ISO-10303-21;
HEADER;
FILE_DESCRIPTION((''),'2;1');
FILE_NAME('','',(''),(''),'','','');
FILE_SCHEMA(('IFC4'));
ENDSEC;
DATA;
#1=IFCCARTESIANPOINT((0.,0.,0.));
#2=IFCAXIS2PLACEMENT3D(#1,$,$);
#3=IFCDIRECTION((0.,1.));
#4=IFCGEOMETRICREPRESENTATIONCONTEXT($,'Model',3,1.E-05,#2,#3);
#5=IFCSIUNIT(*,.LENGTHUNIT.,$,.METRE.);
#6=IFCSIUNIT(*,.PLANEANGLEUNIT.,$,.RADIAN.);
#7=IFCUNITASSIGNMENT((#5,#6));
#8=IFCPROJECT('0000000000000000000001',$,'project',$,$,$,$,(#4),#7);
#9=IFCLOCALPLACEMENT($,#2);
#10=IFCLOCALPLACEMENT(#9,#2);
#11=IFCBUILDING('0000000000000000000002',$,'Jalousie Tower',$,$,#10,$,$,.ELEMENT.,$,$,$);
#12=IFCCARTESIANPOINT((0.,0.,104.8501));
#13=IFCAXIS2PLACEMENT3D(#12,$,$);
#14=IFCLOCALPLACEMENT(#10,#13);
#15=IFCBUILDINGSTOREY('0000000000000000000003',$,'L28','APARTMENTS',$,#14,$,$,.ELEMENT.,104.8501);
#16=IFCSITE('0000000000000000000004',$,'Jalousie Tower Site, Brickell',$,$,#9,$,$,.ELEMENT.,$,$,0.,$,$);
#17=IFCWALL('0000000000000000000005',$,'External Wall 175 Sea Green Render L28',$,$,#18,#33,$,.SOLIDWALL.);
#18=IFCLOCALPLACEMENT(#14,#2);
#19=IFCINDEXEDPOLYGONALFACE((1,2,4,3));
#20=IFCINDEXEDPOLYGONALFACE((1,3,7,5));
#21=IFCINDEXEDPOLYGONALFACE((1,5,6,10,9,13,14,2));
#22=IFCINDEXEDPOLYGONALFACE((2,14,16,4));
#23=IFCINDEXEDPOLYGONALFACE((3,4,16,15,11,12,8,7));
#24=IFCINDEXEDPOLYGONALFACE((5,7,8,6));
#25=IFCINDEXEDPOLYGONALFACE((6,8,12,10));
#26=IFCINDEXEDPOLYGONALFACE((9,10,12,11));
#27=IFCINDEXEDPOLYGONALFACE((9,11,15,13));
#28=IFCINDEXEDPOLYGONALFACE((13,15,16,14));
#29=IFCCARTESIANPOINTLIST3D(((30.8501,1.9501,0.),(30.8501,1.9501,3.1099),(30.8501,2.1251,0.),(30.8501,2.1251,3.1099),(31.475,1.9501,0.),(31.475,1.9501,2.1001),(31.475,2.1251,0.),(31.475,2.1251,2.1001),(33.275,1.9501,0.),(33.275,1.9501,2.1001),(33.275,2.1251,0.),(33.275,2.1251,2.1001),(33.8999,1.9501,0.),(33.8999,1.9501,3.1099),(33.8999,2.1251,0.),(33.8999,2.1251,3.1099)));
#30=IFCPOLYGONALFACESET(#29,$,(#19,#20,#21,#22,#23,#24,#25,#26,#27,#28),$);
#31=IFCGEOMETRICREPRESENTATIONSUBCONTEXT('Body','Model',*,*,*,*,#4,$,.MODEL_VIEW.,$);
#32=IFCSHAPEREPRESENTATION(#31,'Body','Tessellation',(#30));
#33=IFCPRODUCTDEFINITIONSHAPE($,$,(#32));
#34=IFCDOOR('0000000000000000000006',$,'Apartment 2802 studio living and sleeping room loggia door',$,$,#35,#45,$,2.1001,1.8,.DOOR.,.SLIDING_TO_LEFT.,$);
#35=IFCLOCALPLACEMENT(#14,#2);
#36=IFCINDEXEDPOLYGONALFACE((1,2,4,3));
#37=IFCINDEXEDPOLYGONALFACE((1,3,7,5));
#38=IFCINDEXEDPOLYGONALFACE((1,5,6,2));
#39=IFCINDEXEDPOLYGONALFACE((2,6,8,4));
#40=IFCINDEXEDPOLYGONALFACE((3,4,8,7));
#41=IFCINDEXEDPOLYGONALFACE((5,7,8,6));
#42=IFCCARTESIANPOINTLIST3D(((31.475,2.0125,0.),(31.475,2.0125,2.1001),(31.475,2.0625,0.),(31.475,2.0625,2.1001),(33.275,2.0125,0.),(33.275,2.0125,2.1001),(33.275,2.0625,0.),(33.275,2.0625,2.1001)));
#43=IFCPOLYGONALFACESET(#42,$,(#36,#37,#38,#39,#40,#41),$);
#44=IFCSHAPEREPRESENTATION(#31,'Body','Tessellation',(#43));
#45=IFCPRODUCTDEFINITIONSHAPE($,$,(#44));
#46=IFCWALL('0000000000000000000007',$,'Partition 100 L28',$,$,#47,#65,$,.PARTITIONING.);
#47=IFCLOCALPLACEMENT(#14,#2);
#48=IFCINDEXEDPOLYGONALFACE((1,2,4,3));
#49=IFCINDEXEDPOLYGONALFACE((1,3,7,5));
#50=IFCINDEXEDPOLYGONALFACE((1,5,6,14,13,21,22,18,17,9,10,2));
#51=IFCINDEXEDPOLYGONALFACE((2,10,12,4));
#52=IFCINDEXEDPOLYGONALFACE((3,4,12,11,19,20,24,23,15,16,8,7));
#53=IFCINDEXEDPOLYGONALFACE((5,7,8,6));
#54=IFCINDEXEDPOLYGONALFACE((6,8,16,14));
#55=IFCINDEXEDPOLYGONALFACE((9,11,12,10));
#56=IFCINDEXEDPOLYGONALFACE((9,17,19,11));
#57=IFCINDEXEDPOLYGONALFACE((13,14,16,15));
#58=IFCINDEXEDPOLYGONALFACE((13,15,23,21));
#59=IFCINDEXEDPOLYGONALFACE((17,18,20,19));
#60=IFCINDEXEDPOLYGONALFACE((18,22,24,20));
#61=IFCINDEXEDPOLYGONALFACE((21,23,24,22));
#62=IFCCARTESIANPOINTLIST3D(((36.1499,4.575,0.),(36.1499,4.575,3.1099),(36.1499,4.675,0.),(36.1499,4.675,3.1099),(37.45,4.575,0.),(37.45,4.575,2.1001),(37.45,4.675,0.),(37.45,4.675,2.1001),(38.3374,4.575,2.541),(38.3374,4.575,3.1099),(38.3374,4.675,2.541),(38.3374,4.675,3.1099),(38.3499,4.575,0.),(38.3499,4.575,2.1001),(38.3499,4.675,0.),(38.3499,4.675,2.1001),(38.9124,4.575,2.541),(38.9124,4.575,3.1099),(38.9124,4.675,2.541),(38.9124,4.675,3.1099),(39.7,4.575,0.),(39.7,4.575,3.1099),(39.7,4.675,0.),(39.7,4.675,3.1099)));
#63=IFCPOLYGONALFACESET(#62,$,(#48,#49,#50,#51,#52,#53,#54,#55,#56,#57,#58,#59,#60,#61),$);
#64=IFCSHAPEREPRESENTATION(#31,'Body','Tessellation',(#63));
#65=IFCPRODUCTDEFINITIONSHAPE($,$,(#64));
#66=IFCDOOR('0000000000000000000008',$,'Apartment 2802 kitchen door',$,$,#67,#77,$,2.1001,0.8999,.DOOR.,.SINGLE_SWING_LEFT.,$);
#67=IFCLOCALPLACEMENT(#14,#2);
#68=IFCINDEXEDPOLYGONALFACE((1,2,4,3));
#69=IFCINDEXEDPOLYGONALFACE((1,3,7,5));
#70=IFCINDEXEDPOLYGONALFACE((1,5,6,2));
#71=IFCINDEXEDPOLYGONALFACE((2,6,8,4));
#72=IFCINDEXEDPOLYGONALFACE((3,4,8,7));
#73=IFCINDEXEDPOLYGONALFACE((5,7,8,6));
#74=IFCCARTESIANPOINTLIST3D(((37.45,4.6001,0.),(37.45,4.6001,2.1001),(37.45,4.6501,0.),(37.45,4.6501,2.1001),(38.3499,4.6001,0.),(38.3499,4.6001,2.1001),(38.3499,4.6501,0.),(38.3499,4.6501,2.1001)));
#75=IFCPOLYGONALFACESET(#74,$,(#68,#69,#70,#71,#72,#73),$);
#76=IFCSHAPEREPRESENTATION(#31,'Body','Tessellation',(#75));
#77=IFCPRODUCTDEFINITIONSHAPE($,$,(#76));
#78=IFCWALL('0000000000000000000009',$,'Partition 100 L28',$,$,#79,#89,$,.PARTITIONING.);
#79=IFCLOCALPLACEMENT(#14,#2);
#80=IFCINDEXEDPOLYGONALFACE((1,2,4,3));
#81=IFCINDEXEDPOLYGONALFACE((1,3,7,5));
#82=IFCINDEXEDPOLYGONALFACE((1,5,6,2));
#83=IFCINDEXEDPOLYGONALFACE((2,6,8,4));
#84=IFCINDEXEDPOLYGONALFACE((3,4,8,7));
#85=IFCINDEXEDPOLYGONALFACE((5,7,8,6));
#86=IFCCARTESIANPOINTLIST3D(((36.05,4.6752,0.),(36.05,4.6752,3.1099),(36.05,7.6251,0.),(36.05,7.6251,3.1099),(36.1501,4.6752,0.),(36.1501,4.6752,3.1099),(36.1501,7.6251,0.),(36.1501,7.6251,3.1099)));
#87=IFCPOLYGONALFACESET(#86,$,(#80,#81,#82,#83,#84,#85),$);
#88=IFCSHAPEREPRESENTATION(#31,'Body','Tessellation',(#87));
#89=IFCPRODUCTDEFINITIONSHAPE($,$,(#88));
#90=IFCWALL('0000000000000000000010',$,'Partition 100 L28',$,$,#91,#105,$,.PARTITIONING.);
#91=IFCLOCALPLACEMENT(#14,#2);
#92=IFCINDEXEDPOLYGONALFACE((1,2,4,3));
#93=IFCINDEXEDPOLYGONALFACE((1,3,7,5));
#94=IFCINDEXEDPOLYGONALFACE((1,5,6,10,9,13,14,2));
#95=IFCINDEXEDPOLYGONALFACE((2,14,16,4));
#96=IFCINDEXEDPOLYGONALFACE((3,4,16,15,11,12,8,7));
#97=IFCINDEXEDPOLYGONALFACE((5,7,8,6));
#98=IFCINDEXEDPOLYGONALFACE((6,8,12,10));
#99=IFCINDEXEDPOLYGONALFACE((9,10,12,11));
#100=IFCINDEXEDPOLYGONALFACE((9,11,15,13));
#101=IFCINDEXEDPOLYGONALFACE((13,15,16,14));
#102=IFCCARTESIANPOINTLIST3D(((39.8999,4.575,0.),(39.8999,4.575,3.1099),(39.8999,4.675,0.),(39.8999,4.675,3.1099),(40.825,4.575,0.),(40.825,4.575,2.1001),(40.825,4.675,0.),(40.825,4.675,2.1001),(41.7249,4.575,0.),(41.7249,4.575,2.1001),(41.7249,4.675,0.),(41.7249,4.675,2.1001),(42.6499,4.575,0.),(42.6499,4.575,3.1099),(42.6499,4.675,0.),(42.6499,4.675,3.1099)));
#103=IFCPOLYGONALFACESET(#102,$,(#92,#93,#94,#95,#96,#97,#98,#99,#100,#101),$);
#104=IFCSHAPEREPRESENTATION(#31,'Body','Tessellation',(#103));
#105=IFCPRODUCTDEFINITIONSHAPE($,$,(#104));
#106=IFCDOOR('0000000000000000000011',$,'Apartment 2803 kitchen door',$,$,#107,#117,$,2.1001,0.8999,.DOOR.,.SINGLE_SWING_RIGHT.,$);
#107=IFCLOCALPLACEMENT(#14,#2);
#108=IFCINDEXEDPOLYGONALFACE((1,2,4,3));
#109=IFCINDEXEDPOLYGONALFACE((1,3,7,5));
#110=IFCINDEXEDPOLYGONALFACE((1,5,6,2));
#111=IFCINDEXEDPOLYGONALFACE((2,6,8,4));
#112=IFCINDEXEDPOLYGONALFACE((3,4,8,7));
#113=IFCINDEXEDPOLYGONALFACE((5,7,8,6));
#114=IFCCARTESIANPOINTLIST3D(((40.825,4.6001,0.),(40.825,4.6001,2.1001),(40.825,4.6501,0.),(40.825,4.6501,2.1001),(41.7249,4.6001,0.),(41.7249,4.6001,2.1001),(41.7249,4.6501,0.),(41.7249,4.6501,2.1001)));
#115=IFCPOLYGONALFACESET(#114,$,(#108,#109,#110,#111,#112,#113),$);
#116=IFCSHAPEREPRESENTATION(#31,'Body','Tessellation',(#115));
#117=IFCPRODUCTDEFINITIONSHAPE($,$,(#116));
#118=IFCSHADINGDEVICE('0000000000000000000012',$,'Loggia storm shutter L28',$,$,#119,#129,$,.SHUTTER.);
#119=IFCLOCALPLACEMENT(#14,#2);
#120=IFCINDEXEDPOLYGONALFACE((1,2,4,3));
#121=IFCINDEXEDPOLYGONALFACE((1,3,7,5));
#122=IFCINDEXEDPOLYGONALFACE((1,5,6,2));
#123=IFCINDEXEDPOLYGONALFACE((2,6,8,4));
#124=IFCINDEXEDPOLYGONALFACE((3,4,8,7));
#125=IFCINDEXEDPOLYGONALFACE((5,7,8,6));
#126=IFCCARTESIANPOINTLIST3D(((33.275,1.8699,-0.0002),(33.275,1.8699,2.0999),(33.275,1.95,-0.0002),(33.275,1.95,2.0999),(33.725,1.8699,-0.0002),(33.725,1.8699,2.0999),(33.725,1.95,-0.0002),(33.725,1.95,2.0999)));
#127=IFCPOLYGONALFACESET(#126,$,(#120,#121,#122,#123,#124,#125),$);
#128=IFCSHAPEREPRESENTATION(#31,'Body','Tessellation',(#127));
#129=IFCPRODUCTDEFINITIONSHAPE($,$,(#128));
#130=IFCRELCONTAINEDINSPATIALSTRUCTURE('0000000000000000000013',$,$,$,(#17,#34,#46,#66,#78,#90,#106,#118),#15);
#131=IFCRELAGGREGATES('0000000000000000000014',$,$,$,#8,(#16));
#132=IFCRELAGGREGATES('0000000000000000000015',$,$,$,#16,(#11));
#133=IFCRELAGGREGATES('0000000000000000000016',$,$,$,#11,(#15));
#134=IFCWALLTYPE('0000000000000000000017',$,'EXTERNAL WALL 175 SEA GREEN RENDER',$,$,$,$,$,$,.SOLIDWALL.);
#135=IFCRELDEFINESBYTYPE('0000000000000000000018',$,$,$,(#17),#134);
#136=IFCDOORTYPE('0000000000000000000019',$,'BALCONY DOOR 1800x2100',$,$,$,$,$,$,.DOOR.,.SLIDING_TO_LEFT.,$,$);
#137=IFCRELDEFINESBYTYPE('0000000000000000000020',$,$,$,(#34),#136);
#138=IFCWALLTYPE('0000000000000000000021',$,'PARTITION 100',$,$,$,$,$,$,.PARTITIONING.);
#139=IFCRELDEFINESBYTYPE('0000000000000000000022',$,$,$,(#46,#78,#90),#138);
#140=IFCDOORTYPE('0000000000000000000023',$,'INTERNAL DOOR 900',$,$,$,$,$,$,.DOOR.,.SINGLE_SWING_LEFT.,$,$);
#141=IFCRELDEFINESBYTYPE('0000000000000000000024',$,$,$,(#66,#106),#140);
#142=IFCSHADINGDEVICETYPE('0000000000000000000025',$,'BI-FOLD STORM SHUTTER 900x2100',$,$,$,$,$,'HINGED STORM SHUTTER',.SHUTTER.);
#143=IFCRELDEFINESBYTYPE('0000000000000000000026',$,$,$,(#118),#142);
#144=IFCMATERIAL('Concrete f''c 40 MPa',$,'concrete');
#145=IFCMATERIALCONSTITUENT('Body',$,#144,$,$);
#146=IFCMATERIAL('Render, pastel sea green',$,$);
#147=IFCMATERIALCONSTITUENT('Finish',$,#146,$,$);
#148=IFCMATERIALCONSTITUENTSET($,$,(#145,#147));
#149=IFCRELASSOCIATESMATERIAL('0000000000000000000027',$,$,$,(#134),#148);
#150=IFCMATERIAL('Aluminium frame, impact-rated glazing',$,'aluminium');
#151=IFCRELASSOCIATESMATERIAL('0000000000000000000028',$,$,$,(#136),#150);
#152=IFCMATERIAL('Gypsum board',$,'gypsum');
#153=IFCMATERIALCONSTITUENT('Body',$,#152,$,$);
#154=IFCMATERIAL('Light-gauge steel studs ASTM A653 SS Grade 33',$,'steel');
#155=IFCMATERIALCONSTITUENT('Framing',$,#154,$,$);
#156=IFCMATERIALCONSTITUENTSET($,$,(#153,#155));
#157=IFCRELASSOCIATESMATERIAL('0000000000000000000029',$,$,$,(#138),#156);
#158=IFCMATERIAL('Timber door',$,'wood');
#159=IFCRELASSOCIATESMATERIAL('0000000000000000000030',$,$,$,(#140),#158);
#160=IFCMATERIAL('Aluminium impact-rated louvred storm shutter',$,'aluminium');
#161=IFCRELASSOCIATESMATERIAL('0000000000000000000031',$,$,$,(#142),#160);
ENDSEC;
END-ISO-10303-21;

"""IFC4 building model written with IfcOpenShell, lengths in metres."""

from ifc_helpers import new_model, si_unit, direction, frame, frame_2d, origin, origin_2d, place, context, subcontext, project, spatial, polyline, rectangle, outline, extrude, material, constituent, constituent_set, type_object, element, fill, save


model = new_model("IFC4")

# Units and contexts
model_context = context("Model", 3, precision=1e-05, world=origin(), true_north=direction((0.0, 1.0)))
body_context = subcontext(model_context, "Body", "Model", "MODEL_VIEW")
ifc_project = project(units=[si_unit("LENGTHUNIT", "METRE"), si_unit("PLANEANGLEUNIT", "RADIAN")], contexts=[model_context])

# Site, building, storey
site_placement = place(None, origin())
site = spatial("IfcSite", under=ifc_project, at=site_placement, Name="Jalousie Tower Site, Brickell", CompositionType="ELEMENT", RefElevation=0.0)
building_placement = place(site_placement, origin())
building = spatial("IfcBuilding", under=site, at=building_placement, Name="Jalousie Tower", CompositionType="ELEMENT")
storey_placement = place(building_placement, frame((0.0, 0.0, 104.8501)))
storey = spatial("IfcBuildingStorey", under=building, at=storey_placement, Name="L28", Description="APARTMENTS", CompositionType="ELEMENT", Elevation=104.8501)

# Walls, openings, doors
ifc_material_1 = material(Name="Concrete f'c 40 MPa", Category="concrete")
ifc_constituent_1 = constituent(ifc_material_1, Name="Body")
ifc_material_2 = material(Name="Render, pastel sea green")
ifc_constituent_2 = constituent(ifc_material_2, Name="Finish")
ifc_constituent_set_1 = constituent_set(constituents=[ifc_constituent_1, ifc_constituent_2])
wall_type_1 = type_object("IfcWallType", Name="EXTERNAL WALL 175 SEA GREEN RENDER", PredefinedType="SOLIDWALL", material=ifc_constituent_set_1)
wall_1_placement = place(storey_placement, frame((30.8501, 2.0376, 0.0), z_axis=(0.0, 0.0, 1.0), x_axis=(1.0, 0.0, 0.0)))
wall_1 = element("IfcWall", 1, at=wall_1_placement, inside=storey, type_object=wall_type_1, Name="External Wall 175 Sea Green Render L28", PredefinedType="SOLIDWALL", context=body_context, shape_type="SweptSolid", body=[
    extrude(rectangle(XDim=3.0498, YDim=0.175, at=frame_2d((1.5249, 0.0))), origin(), (0.0, 0.0, 1.0), 3.1099),
])
opening_1_placement = place(wall_1_placement, frame((0.625, 0.0, 0.0)))
opening_1 = element("IfcOpeningElement", 2, at=opening_1_placement, cuts=wall_1, PredefinedType="OPENING", context=body_context, shape_type="SweptSolid", body=[
    extrude(rectangle(XDim=1.8, YDim=2.1001, at=frame_2d((0.8999, 1.05))), frame((0.0, 0.0974, 0.0), z_axis=(0.0, -1.0, 0.0), x_axis=(1.0, 0.0, 0.0)), (0.0, 0.0, 1.0), 0.1951),
])
ifc_material_3 = material(Name="Aluminium frame, impact-rated glazing", Category="aluminium")
door_type_1 = type_object("IfcDoorType", Name="BALCONY DOOR 1800x2100", OperationType="SLIDING_TO_LEFT", PredefinedType="DOOR", material=ifc_material_3)
door_1_placement = place(opening_1_placement, origin())
door_1 = element("IfcDoor", 3, at=door_1_placement, inside=storey, type_object=door_type_1, Name="Apartment 2802 studio living and sleeping room loggia door", OperationType="SLIDING_TO_LEFT", OverallHeight=2.1001, OverallWidth=1.8, PredefinedType="DOOR", context=body_context, shape_type="SweptSolid", body=[
    extrude(rectangle(XDim=1.8, YDim=2.1001, at=frame_2d((0.8999, 1.05))), frame((0.0, 0.0249, 0.0), z_axis=(0.0, -1.0, 0.0), x_axis=(1.0, 0.0, 0.0)), (0.0, 0.0, 1.0), 0.05),
])
fill(opening_1, door_1)
ifc_material_4 = material(Name="Gypsum board", Category="gypsum")
ifc_constituent_3 = constituent(ifc_material_4, Name="Body")
ifc_material_5 = material(Name="Light-gauge steel studs ASTM A653 SS Grade 33", Category="steel")
ifc_constituent_4 = constituent(ifc_material_5, Name="Framing")
ifc_constituent_set_2 = constituent_set(constituents=[ifc_constituent_3, ifc_constituent_4])
wall_type_2 = type_object("IfcWallType", Name="PARTITION 100", PredefinedType="PARTITIONING", material=ifc_constituent_set_2)
wall_2_placement = place(storey_placement, frame((36.1499, 4.625, 0.0), z_axis=(0.0, 0.0, 1.0), x_axis=(1.0, 0.0, 0.0)))
wall_2 = element("IfcWall", 4, at=wall_2_placement, inside=storey, type_object=wall_type_2, Name="Partition 100 L28", PredefinedType="PARTITIONING", context=body_context, shape_type="SweptSolid", body=[
    extrude(outline(polyline([(0.0, 0.0), (3.55, 0.0), (3.55, 3.1099), (2.7625, 3.1099), (2.7625, 2.541), (2.1875, 2.541), (2.1875, 3.1099), (0.0, 3.1099), (0.0, 0.0)])), frame((0.0, 0.05, 0.0), z_axis=(0.0, -1.0, 0.0), x_axis=(1.0, 0.0, 0.0)), (0.0, 0.0, 1.0), 0.1001),
])
opening_2_placement = place(wall_2_placement, frame((1.3, 0.0, 0.0)))
opening_2 = element("IfcOpeningElement", 5, at=opening_2_placement, cuts=wall_2, PredefinedType="OPENING", context=body_context, shape_type="SweptSolid", body=[
    extrude(rectangle(XDim=0.8999, YDim=2.1001, at=frame_2d((0.45, 1.05))), frame((0.0, 0.0601, 0.0), z_axis=(0.0, -1.0, 0.0), x_axis=(1.0, 0.0, 0.0)), (0.0, 0.0, 1.0), 0.1201),
])
ifc_material_6 = material(Name="Timber door", Category="wood")
door_type_2 = type_object("IfcDoorType", Name="INTERNAL DOOR 900", OperationType="SINGLE_SWING_LEFT", PredefinedType="DOOR", material=ifc_material_6)
door_2_placement = place(opening_2_placement, frame((0.8999, 0.0, 0.0), z_axis=(0.0, 0.0, 1.0), x_axis=(-1.0, 0.0, 0.0)))
door_2 = element("IfcDoor", 6, at=door_2_placement, inside=storey, type_object=door_type_2, Name="Apartment 2802 kitchen door", OperationType="SINGLE_SWING_LEFT", OverallHeight=2.1001, OverallWidth=0.8999, PredefinedType="DOOR", context=body_context, shape_type="SweptSolid", body=[
    extrude(rectangle(XDim=0.8999, YDim=2.1001, at=frame_2d((0.45, 1.05))), frame((0.0, 0.0249, 0.0), z_axis=(0.0, -1.0, 0.0), x_axis=(1.0, 0.0, 0.0)), (0.0, 0.0, 1.0), 0.05),
])
fill(opening_2, door_2)

# Wall
wall_3_placement = place(storey_placement, frame((36.1001, 4.675, 0.0), z_axis=(0.0, 0.0, 1.0), x_axis=(0.0, 1.0, 0.0)))
element("IfcWall", 7, at=wall_3_placement, inside=storey, type_object=wall_type_2, Name="Partition 100 L28", PredefinedType="PARTITIONING", context=body_context, shape_type="SweptSolid", body=[
    extrude(rectangle(XDim=2.95, YDim=0.1001, at=frame_2d((1.4751, 0.0))), origin(), (0.0, 0.0, 1.0), 3.1099),
])

# Wall, opening, door
wall_4_placement = place(storey_placement, frame((39.8999, 4.625, 0.0), z_axis=(0.0, 0.0, 1.0), x_axis=(1.0, 0.0, 0.0)))
wall_4 = element("IfcWall", 8, at=wall_4_placement, inside=storey, type_object=wall_type_2, Name="Partition 100 L28", PredefinedType="PARTITIONING", context=body_context, shape_type="SweptSolid", body=[
    extrude(rectangle(XDim=2.75, YDim=0.1001, at=frame_2d((1.375, 0.0))), origin(), (0.0, 0.0, 1.0), 3.1099),
])
opening_3_placement = place(wall_4_placement, frame((0.925, 0.0, 0.0)))
opening_3 = element("IfcOpeningElement", 9, at=opening_3_placement, cuts=wall_4, PredefinedType="OPENING", context=body_context, shape_type="SweptSolid", body=[
    extrude(rectangle(XDim=0.8999, YDim=2.1001, at=frame_2d((0.45, 1.05))), frame((0.0, 0.0601, 0.0), z_axis=(0.0, -1.0, 0.0), x_axis=(1.0, 0.0, 0.0)), (0.0, 0.0, 1.0), 0.1201),
])
door_3_placement = place(opening_3_placement, frame((0.8999, 0.0, 0.0), z_axis=(0.0, 0.0, 1.0), x_axis=(-1.0, 0.0, 0.0)))
door_3 = element("IfcDoor", 10, at=door_3_placement, inside=storey, type_object=door_type_2, Name="Apartment 2803 kitchen door", OperationType="SINGLE_SWING_RIGHT", OverallHeight=2.1001, OverallWidth=0.8999, PredefinedType="DOOR", context=body_context, shape_type="SweptSolid", body=[
    extrude(rectangle(XDim=0.8999, YDim=2.1001, at=frame_2d((0.45, 1.05))), frame((0.0, 0.0249, 0.0), z_axis=(0.0, -1.0, 0.0), x_axis=(1.0, 0.0, 0.0)), (0.0, 0.0, 1.0), 0.05),
])
fill(opening_3, door_3)

# Shading device
ifc_material_7 = material(Name="Aluminium impact-rated louvred storm shutter", Category="aluminium")
shading_device_type = type_object("IfcShadingDeviceType", Name="BI-FOLD STORM SHUTTER 900x2100", ElementType="HINGED STORM SHUTTER", PredefinedType="SHUTTER", material=ifc_material_7)
shading_device_placement = place(storey_placement, frame((33.5, 1.9099, -0.0002), z_axis=(0.0, 0.0, 1.0), x_axis=(1.0, 0.0, 0.0)))
element("IfcShadingDevice", 11, at=shading_device_placement, inside=storey, type_object=shading_device_type, Name="Loggia storm shutter L28", PredefinedType="SHUTTER", context=body_context, shape_type="SweptSolid", body=[
    extrude(rectangle(XDim=0.45, YDim=0.0801, at=origin_2d()), origin(), (0.0, 0.0, 1.0), 2.1001),
])

save(model, "model.ifc")
